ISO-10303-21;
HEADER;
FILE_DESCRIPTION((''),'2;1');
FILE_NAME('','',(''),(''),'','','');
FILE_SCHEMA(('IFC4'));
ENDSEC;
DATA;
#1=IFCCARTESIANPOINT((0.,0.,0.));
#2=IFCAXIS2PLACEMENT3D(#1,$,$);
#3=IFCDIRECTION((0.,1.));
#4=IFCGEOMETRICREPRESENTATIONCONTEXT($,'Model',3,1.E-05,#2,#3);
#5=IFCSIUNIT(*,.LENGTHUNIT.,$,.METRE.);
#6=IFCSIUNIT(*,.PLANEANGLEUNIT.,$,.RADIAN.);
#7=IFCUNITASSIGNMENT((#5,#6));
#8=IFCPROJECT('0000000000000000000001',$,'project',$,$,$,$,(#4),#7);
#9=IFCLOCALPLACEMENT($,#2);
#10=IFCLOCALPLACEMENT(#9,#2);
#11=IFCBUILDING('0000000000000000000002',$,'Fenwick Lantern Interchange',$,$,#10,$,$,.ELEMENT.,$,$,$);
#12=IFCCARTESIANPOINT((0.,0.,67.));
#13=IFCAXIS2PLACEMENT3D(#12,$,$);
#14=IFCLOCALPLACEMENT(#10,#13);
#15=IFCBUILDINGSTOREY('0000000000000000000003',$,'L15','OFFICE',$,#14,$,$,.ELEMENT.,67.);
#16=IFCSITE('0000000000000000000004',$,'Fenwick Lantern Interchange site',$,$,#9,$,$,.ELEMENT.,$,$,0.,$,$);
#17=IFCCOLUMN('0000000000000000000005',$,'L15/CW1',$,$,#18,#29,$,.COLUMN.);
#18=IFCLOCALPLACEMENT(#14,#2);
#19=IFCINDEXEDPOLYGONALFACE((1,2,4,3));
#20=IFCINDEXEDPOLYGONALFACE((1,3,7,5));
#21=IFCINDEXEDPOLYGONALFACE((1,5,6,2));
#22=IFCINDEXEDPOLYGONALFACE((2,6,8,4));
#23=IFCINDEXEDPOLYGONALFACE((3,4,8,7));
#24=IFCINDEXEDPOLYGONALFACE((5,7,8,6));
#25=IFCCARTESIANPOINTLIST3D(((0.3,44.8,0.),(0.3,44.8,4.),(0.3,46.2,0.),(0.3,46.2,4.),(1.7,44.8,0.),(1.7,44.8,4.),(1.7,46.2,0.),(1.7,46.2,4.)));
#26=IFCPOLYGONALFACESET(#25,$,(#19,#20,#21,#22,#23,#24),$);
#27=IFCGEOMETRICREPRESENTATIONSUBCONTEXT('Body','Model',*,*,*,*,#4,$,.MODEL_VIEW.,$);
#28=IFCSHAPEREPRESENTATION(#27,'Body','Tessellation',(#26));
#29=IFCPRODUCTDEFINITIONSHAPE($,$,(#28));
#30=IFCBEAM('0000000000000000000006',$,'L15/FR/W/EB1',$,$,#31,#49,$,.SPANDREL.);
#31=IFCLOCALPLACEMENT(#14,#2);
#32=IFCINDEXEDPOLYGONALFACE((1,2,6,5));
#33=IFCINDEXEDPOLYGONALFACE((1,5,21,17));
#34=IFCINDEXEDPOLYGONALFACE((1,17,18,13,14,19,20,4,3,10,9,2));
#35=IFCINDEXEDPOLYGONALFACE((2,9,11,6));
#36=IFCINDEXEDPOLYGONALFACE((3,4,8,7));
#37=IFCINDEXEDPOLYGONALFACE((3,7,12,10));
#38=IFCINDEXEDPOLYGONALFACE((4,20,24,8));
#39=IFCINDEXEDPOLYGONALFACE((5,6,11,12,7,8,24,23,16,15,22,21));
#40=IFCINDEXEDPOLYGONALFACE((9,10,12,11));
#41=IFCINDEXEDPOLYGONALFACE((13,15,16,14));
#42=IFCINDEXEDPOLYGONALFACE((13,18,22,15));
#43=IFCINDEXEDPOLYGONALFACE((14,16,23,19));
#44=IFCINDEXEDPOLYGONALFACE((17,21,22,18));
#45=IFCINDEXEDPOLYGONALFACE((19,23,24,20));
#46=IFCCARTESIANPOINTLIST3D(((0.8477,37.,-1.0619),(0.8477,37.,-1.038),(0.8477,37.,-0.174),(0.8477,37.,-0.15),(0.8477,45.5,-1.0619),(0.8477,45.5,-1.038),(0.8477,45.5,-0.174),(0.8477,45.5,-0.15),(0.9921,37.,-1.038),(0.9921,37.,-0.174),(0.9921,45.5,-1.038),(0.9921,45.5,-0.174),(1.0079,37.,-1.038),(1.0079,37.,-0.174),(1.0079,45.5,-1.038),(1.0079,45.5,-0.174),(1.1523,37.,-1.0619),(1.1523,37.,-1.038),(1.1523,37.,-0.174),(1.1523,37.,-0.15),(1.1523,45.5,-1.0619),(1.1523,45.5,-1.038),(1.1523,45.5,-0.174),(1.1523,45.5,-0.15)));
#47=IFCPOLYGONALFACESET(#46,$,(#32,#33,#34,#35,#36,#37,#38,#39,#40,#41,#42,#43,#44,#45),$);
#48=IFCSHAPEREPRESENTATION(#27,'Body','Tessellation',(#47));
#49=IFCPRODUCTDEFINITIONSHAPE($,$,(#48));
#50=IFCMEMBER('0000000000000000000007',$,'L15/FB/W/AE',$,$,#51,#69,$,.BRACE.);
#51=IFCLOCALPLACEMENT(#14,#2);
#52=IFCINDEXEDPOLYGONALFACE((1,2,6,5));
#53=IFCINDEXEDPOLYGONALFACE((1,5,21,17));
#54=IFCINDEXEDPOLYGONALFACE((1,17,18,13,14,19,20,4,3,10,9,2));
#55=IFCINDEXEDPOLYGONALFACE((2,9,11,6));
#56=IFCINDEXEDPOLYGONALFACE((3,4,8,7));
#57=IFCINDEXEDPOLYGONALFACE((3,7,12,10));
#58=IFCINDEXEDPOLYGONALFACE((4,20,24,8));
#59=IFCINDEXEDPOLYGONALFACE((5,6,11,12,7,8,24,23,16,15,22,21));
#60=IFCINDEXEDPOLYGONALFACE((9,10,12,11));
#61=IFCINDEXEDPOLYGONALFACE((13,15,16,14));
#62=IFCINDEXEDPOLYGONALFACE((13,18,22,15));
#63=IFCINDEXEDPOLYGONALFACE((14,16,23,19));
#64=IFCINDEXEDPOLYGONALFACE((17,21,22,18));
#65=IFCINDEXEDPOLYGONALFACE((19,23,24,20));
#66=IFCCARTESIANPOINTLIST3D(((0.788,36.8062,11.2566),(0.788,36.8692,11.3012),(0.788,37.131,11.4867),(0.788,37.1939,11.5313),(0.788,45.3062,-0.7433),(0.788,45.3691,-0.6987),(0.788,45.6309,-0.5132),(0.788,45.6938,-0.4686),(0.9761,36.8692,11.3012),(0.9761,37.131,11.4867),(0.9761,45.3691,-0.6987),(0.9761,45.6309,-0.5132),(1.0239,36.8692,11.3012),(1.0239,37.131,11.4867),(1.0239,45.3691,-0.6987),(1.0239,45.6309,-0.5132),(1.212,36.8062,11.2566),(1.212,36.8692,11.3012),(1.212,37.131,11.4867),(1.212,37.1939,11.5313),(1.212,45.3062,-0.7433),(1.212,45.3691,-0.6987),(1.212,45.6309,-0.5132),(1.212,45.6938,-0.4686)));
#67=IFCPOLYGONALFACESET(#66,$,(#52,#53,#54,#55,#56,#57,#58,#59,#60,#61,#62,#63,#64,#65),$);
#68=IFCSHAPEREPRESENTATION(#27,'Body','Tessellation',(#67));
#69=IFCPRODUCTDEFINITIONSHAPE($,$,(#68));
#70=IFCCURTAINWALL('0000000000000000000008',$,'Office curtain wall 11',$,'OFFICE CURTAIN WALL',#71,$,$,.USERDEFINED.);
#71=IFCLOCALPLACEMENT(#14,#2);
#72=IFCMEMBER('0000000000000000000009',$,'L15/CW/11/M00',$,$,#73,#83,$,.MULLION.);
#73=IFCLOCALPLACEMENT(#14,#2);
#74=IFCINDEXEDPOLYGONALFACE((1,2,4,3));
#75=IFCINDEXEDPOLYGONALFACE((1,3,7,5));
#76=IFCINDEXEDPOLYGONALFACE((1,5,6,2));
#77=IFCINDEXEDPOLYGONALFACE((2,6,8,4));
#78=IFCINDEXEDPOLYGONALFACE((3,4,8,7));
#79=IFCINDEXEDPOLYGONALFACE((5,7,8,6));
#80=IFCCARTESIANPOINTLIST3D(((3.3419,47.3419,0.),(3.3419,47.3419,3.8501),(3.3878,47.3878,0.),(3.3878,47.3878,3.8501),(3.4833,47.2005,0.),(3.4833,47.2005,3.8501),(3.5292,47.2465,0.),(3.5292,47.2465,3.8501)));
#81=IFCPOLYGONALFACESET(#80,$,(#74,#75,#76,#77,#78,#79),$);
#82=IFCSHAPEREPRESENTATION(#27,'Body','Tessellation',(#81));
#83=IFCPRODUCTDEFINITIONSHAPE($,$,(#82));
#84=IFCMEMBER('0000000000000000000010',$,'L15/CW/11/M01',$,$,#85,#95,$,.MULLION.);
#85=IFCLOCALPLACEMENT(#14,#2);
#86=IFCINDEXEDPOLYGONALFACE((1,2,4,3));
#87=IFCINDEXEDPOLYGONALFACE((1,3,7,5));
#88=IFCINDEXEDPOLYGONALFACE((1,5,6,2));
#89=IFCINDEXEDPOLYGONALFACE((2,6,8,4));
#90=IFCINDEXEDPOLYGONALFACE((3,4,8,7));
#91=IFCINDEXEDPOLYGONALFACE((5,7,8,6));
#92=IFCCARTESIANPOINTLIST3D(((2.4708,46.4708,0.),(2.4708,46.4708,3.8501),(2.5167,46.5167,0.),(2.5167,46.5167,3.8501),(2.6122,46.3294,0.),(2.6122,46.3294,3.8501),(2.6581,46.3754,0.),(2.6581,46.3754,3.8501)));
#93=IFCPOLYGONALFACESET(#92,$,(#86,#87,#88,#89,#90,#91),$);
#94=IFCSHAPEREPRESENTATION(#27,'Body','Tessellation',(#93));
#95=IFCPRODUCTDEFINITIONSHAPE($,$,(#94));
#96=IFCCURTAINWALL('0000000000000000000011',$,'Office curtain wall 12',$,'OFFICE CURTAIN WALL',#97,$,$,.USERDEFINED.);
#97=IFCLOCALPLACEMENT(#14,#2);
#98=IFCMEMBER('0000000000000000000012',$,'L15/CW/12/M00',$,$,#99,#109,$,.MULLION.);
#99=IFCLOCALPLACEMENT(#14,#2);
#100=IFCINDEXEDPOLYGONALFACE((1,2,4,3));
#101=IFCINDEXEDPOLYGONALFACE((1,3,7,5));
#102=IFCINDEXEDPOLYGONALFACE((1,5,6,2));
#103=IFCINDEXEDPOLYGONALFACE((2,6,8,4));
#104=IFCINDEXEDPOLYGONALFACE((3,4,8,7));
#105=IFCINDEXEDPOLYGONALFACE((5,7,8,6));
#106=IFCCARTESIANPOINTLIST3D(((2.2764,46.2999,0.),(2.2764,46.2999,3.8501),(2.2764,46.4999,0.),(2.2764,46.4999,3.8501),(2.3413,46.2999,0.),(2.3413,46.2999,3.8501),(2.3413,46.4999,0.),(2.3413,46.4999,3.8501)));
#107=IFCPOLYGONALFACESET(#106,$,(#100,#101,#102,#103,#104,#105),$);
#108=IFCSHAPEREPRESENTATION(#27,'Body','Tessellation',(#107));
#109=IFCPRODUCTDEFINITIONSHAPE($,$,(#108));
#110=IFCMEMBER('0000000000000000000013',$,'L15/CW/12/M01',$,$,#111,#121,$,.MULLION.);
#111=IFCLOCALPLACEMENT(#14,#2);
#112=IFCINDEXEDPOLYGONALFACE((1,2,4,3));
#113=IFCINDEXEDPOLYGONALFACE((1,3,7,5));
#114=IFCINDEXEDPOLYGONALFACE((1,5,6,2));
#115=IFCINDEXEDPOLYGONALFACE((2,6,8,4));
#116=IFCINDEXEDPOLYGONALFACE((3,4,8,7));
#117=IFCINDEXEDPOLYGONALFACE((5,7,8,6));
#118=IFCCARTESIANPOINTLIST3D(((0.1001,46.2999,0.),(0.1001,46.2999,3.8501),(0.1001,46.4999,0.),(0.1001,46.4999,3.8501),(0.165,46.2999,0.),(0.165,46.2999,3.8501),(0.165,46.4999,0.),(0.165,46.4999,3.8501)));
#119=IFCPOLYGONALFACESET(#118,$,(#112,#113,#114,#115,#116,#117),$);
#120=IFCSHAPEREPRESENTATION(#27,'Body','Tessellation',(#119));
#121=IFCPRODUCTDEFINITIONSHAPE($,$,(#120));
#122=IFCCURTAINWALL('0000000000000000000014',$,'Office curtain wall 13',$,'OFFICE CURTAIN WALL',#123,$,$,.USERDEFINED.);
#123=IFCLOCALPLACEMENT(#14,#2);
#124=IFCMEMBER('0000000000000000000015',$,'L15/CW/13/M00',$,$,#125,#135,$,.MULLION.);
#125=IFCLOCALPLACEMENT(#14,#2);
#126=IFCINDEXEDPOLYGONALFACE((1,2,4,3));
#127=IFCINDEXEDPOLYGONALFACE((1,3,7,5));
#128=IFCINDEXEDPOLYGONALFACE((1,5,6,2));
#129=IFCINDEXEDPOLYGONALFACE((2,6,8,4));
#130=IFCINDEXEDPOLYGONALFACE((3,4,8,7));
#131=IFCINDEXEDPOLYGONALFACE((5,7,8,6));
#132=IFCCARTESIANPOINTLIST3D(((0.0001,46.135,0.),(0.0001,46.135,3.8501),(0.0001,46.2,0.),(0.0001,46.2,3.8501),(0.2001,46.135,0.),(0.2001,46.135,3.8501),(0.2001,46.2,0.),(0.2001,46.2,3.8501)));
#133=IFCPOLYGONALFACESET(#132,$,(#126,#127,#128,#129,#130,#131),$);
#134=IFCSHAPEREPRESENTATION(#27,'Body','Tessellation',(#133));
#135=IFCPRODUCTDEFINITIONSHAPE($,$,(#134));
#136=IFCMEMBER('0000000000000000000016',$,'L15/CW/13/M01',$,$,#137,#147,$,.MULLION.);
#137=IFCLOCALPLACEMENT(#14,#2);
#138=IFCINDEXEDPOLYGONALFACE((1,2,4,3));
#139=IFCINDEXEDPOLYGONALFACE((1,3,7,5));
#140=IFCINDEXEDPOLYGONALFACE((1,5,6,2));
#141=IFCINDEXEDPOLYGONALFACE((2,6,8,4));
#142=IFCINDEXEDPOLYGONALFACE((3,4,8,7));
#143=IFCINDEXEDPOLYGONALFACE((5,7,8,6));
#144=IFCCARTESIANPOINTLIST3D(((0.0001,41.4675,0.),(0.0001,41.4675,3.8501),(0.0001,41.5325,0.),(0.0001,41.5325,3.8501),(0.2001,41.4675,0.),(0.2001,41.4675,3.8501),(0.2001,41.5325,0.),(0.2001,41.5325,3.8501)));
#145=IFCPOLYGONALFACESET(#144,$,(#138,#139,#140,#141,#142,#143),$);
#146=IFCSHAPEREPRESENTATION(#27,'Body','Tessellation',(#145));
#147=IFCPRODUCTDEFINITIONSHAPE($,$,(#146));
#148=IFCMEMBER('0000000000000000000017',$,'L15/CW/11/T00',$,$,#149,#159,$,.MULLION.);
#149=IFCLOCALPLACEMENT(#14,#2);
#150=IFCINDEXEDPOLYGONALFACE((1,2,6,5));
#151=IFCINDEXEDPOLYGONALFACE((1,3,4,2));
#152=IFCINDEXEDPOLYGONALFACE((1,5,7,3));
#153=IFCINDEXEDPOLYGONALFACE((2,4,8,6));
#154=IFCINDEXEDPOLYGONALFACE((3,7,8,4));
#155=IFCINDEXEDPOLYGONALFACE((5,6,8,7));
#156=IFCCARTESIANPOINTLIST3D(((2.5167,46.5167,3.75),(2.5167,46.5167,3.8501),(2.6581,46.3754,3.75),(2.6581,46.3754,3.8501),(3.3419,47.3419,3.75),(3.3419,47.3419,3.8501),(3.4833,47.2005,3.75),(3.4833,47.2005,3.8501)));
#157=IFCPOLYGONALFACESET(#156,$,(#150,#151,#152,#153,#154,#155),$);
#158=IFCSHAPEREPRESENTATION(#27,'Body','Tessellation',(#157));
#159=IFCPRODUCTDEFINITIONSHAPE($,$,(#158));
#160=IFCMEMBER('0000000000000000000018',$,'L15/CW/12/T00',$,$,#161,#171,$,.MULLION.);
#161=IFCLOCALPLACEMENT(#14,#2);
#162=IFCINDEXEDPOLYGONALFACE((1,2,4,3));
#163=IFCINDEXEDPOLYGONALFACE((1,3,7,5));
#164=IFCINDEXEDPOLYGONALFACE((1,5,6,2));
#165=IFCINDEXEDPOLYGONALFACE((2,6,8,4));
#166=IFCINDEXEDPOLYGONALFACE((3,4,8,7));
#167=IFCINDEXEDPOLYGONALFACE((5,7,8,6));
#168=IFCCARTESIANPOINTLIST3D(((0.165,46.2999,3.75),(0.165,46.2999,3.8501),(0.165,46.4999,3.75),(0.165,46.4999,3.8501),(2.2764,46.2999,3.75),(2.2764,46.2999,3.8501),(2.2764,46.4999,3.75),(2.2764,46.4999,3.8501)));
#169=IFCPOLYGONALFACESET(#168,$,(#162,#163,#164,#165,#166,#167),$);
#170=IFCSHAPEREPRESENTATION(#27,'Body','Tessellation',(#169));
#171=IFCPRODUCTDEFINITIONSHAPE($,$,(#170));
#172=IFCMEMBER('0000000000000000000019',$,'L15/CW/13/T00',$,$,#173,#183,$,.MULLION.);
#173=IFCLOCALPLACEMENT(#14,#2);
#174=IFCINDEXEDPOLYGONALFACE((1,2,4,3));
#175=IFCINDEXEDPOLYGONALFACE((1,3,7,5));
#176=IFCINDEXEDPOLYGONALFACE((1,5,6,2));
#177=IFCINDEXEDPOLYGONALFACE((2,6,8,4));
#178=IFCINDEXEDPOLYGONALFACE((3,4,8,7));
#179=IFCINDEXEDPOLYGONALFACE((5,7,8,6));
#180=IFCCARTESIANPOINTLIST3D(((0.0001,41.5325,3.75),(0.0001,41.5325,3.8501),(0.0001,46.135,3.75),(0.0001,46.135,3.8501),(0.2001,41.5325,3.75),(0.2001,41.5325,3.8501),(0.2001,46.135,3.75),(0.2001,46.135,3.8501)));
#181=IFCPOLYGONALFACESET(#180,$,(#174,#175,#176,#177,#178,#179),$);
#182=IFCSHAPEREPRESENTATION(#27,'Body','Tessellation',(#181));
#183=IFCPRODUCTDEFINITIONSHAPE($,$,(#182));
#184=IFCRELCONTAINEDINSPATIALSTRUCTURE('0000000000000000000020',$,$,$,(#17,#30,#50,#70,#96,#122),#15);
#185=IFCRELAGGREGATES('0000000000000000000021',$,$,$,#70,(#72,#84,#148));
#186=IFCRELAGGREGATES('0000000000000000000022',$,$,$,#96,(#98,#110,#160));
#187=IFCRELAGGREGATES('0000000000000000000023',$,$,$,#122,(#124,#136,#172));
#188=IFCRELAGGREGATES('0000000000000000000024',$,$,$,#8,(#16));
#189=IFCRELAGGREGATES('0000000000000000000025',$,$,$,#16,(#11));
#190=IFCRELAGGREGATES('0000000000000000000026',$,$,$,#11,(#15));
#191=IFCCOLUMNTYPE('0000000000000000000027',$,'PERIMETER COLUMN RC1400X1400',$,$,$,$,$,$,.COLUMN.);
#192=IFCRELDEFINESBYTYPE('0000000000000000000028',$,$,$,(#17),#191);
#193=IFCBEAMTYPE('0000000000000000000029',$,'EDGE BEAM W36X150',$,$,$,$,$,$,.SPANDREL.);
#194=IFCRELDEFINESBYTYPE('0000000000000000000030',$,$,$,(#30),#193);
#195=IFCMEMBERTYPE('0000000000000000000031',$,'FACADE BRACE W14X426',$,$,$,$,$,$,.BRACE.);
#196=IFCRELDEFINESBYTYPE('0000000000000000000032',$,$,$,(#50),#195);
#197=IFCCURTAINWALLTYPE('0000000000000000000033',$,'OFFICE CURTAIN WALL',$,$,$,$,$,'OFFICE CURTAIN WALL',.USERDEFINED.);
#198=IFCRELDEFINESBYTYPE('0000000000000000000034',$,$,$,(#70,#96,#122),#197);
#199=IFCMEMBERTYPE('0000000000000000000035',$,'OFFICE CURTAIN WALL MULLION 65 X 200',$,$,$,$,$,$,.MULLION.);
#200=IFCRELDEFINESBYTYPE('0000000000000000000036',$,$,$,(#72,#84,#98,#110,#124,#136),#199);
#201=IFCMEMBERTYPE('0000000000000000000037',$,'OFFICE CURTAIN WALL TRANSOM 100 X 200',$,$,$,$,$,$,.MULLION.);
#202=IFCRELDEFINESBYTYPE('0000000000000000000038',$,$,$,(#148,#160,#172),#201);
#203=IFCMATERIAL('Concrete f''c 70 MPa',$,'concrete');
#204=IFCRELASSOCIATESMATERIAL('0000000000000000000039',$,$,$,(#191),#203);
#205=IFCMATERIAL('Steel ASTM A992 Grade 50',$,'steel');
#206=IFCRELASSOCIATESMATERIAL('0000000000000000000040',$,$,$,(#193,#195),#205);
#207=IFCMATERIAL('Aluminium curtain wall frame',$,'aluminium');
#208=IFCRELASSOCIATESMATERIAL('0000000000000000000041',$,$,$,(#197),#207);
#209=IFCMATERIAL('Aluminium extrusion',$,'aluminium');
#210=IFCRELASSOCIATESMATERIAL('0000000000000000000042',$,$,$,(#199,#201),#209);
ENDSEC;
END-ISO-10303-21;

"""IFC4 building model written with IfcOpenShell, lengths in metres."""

from ifc_helpers import new_model, si_unit, direction, frame, origin, origin_2d, place, context, subcontext, project, spatial, rectangle, i_section, extrude, material, material_profile, profile_set, type_object, element, aggregate, save


model = new_model("IFC4")

# Units and contexts
model_context = context("Model", 3, precision=1e-05, world=origin(), true_north=direction((0.0, 1.0)))
body_context = subcontext(model_context, "Body", "Model", "MODEL_VIEW")
ifc_project = project(units=[si_unit("LENGTHUNIT", "METRE"), si_unit("PLANEANGLEUNIT", "RADIAN")], contexts=[model_context])

# Site, building, storey
site_placement = place(None, origin())
site = spatial("IfcSite", under=ifc_project, at=site_placement, Name="Fenwick Lantern Interchange site", CompositionType="ELEMENT", RefElevation=0.0)
building_placement = place(site_placement, origin())
building = spatial("IfcBuilding", under=site, at=building_placement, Name="Fenwick Lantern Interchange", CompositionType="ELEMENT")
storey_placement = place(building_placement, frame((0.0, 0.0, 67.0)))
storey = spatial("IfcBuildingStorey", under=building, at=storey_placement, Name="L15", Description="OFFICE", CompositionType="ELEMENT", Elevation=67.0)

# Column
ifc_material_1 = material(Name="Concrete f'c 70 MPa", Category="concrete")
ifc_material_profile_1 = material_profile(ifc_material_1, rectangle(XDim=1.3999, YDim=1.3999, at=origin_2d()), Name="RC1400X1400")
ifc_profile_set_1 = profile_set([ifc_material_profile_1], Name="Concrete f'c 70 MPa")
column_type = type_object("IfcColumnType", Name="PERIMETER COLUMN RC1400X1400", PredefinedType="COLUMN", material=ifc_profile_set_1)
column_placement = place(storey_placement, frame((1.0, 45.5, 0.0), z_axis=(0.0, 0.0, 1.0), x_axis=(1.0, 0.0, 0.0)))
element("IfcColumn", 1, at=column_placement, inside=storey, type_object=column_type, Name="L15/CW1", PredefinedType="COLUMN", context=body_context, shape_type="SweptSolid", body=[
    extrude(rectangle(XDim=1.3999, YDim=1.3999, at=origin_2d()), origin(), (0.0, 0.0, 1.0), 4.0),
])

# Beam
ifc_material_2 = material(Name="Steel ASTM A992 Grade 50", Category="steel")
ifc_material_profile_2 = material_profile(ifc_material_2, i_section(OverallWidth=0.3047, OverallDepth=0.9119, WebThickness=0.0159, FlangeThickness=0.0239, at=origin_2d()), Name="W36X150")
ifc_profile_set_2 = profile_set([ifc_material_profile_2], Name="Steel ASTM A992 Grade 50")
beam_type = type_object("IfcBeamType", Name="EDGE BEAM W36X150", PredefinedType="SPANDREL", material=ifc_profile_set_2)
beam_placement = place(storey_placement, frame((1.0, 45.5, -0.606), z_axis=(0.0, -1.0, 0.0), x_axis=(1.0, 0.0, 0.0)))
element("IfcBeam", 2, at=beam_placement, inside=storey, type_object=beam_type, Name="L15/FR/W/EB1", PredefinedType="SPANDREL", context=body_context, shape_type="SweptSolid", body=[
    extrude(i_section(OverallWidth=0.3047, OverallDepth=0.9119, WebThickness=0.0159, FlangeThickness=0.0239, at=origin_2d()), origin(), (0.0, 0.0, 1.0), 8.5),
])

# Member
ifc_material_profile_3 = material_profile(ifc_material_2, i_section(OverallWidth=0.4241, OverallDepth=0.4751, WebThickness=0.0479, FlangeThickness=0.0771, at=origin_2d()), Name="W14X426")
ifc_profile_set_3 = profile_set([ifc_material_profile_3], Name="Steel ASTM A992 Grade 50")
member_type_1 = type_object("IfcMemberType", Name="FACADE BRACE W14X426", PredefinedType="BRACE", material=ifc_profile_set_3)
member_1_placement = place(storey_placement, frame((1.0, 45.5, -0.606), z_axis=(0.0, -0.578017, 0.816024), x_axis=(1.0, 0.0, 0.0)))
element("IfcMember", 3, at=member_1_placement, inside=storey, type_object=member_type_1, Name="L15/FB/W/AE", PredefinedType="BRACE", context=body_context, shape_type="SweptSolid", body=[
    extrude(i_section(OverallWidth=0.4241, OverallDepth=0.4751, WebThickness=0.0479, FlangeThickness=0.0771, at=origin_2d()), origin(), (0.0, 0.0, 1.0), 14.7053),
])

# Curtain walls, members
ifc_material_3 = material(Name="Aluminium curtain wall frame", Category="aluminium")
curtain_wall_type = type_object("IfcCurtainWallType", Name="OFFICE CURTAIN WALL", ElementType="OFFICE CURTAIN WALL", PredefinedType="USERDEFINED", material=ifc_material_3)
curtain_wall_1_placement = place(storey_placement, origin())
curtain_wall_1 = element("IfcCurtainWall", 4, at=curtain_wall_1_placement, inside=storey, type_object=curtain_wall_type, Name="Office curtain wall 11", ObjectType="OFFICE CURTAIN WALL", PredefinedType="USERDEFINED")
ifc_material_4 = material(Name="Aluminium extrusion", Category="aluminium")
ifc_material_profile_4 = material_profile(ifc_material_4, rectangle(XDim=0.2, YDim=0.0649, at=origin_2d()), Name="OFFICE CURTAIN WALL MULLION 65 X 200")
ifc_profile_set_4 = profile_set([ifc_material_profile_4], Name="Aluminium extrusion")
member_type_2 = type_object("IfcMemberType", Name="OFFICE CURTAIN WALL MULLION 65 X 200", PredefinedType="MULLION", material=ifc_profile_set_4)
member_2_placement = place(storey_placement, frame((3.4355, 47.2942, 0.0), z_axis=(0.0, 0.0, 1.0), x_axis=(0.707107, -0.707107, 0.0)))
member_2 = element("IfcMember", 5, at=member_2_placement, type_object=member_type_2, Name="L15/CW/11/M00", PredefinedType="MULLION", context=body_context, shape_type="SweptSolid", body=[
    extrude(rectangle(XDim=0.2, YDim=0.0649, at=origin_2d()), origin(), (0.0, 0.0, 1.0), 3.8501),
])
member_3_placement = place(storey_placement, frame((2.5645, 46.4231, 0.0), z_axis=(0.0, 0.0, 1.0), x_axis=(0.707107, -0.707107, 0.0)))
member_3 = element("IfcMember", 6, at=member_3_placement, type_object=member_type_2, Name="L15/CW/11/M01", PredefinedType="MULLION", context=body_context, shape_type="SweptSolid", body=[
    extrude(rectangle(XDim=0.2, YDim=0.0649, at=origin_2d()), origin(), (0.0, 0.0, 1.0), 3.8501),
])
curtain_wall_2_placement = place(storey_placement, origin())
curtain_wall_2 = element("IfcCurtainWall", 7, at=curtain_wall_2_placement, inside=storey, type_object=curtain_wall_type, Name="Office curtain wall 12", ObjectType="OFFICE CURTAIN WALL", PredefinedType="USERDEFINED")
member_4_placement = place(storey_placement, frame((2.3088, 46.3999, 0.0), z_axis=(0.0, 0.0, 1.0), x_axis=(0.0, -1.0, 0.0)))
member_4 = element("IfcMember", 8, at=member_4_placement, type_object=member_type_2, Name="L15/CW/12/M00", PredefinedType="MULLION", context=body_context, shape_type="SweptSolid", body=[
    extrude(rectangle(XDim=0.2, YDim=0.0649, at=origin_2d()), origin(), (0.0, 0.0, 1.0), 3.8501),
])
member_5_placement = place(storey_placement, frame((0.1326, 46.3999, 0.0), z_axis=(0.0, 0.0, 1.0), x_axis=(0.0, -1.0, 0.0)))
member_5 = element("IfcMember", 9, at=member_5_placement, type_object=member_type_2, Name="L15/CW/12/M01", PredefinedType="MULLION", context=body_context, shape_type="SweptSolid", body=[
    extrude(rectangle(XDim=0.2, YDim=0.0649, at=origin_2d()), origin(), (0.0, 0.0, 1.0), 3.8501),
])
curtain_wall_3_placement = place(storey_placement, origin())
curtain_wall_3 = element("IfcCurtainWall", 10, at=curtain_wall_3_placement, inside=storey, type_object=curtain_wall_type, Name="Office curtain wall 13", ObjectType="OFFICE CURTAIN WALL", PredefinedType="USERDEFINED")
member_6_placement = place(storey_placement, frame((0.1001, 46.1675, 0.0), z_axis=(0.0, 0.0, 1.0), x_axis=(1.0, 0.0, 0.0)))
member_6 = element("IfcMember", 11, at=member_6_placement, type_object=member_type_2, Name="L15/CW/13/M00", PredefinedType="MULLION", context=body_context, shape_type="SweptSolid", body=[
    extrude(rectangle(XDim=0.2, YDim=0.0649, at=origin_2d()), origin(), (0.0, 0.0, 1.0), 3.8501),
])
member_7_placement = place(storey_placement, frame((0.1001, 41.5, 0.0), z_axis=(0.0, 0.0, 1.0), x_axis=(1.0, 0.0, 0.0)))
member_7 = element("IfcMember", 12, at=member_7_placement, type_object=member_type_2, Name="L15/CW/13/M01", PredefinedType="MULLION", context=body_context, shape_type="SweptSolid", body=[
    extrude(rectangle(XDim=0.2, YDim=0.0649, at=origin_2d()), origin(), (0.0, 0.0, 1.0), 3.8501),
])

# Members
ifc_material_profile_5 = material_profile(ifc_material_4, rectangle(XDim=0.2, YDim=0.1001, at=origin_2d()), Name="OFFICE CURTAIN WALL TRANSOM 100 X 200")
ifc_profile_set_5 = profile_set([ifc_material_profile_5], Name="Aluminium extrusion")
member_type_3 = type_object("IfcMemberType", Name="OFFICE CURTAIN WALL TRANSOM 100 X 200", PredefinedType="MULLION", material=ifc_profile_set_5)
member_8_placement = place(storey_placement, frame((3.4126, 47.2712, 3.8), z_axis=(-0.707107, -0.707107, 0.0), x_axis=(0.707107, -0.707107, 0.0)))
member_8 = element("IfcMember", 13, at=member_8_placement, type_object=member_type_3, Name="L15/CW/11/T00", PredefinedType="MULLION", context=body_context, shape_type="SweptSolid", body=[
    extrude(rectangle(XDim=0.2, YDim=0.1001, at=origin_2d()), origin(), (0.0, 0.0, 1.0), 1.167),
])
aggregate(curtain_wall_1, [member_2, member_3, member_8])
member_9_placement = place(storey_placement, frame((2.2764, 46.3999, 3.8), z_axis=(-1.0, 0.0, 0.0), x_axis=(0.0, -1.0, 0.0)))
member_9 = element("IfcMember", 14, at=member_9_placement, type_object=member_type_3, Name="L15/CW/12/T00", PredefinedType="MULLION", context=body_context, shape_type="SweptSolid", body=[
    extrude(rectangle(XDim=0.2, YDim=0.1001, at=origin_2d()), origin(), (0.0, 0.0, 1.0), 2.1113),
])
aggregate(curtain_wall_2, [member_4, member_5, member_9])
member_10_placement = place(storey_placement, frame((0.1001, 46.135, 3.8), z_axis=(0.0, -1.0, 0.0), x_axis=(1.0, 0.0, 0.0)))
member_10 = element("IfcMember", 15, at=member_10_placement, type_object=member_type_3, Name="L15/CW/13/T00", PredefinedType="MULLION", context=body_context, shape_type="SweptSolid", body=[
    extrude(rectangle(XDim=0.2, YDim=0.1001, at=origin_2d()), origin(), (0.0, 0.0, 1.0), 4.6025),
])

aggregate(curtain_wall_3, [member_6, member_7, member_10])

save(model, "model.ifc")
